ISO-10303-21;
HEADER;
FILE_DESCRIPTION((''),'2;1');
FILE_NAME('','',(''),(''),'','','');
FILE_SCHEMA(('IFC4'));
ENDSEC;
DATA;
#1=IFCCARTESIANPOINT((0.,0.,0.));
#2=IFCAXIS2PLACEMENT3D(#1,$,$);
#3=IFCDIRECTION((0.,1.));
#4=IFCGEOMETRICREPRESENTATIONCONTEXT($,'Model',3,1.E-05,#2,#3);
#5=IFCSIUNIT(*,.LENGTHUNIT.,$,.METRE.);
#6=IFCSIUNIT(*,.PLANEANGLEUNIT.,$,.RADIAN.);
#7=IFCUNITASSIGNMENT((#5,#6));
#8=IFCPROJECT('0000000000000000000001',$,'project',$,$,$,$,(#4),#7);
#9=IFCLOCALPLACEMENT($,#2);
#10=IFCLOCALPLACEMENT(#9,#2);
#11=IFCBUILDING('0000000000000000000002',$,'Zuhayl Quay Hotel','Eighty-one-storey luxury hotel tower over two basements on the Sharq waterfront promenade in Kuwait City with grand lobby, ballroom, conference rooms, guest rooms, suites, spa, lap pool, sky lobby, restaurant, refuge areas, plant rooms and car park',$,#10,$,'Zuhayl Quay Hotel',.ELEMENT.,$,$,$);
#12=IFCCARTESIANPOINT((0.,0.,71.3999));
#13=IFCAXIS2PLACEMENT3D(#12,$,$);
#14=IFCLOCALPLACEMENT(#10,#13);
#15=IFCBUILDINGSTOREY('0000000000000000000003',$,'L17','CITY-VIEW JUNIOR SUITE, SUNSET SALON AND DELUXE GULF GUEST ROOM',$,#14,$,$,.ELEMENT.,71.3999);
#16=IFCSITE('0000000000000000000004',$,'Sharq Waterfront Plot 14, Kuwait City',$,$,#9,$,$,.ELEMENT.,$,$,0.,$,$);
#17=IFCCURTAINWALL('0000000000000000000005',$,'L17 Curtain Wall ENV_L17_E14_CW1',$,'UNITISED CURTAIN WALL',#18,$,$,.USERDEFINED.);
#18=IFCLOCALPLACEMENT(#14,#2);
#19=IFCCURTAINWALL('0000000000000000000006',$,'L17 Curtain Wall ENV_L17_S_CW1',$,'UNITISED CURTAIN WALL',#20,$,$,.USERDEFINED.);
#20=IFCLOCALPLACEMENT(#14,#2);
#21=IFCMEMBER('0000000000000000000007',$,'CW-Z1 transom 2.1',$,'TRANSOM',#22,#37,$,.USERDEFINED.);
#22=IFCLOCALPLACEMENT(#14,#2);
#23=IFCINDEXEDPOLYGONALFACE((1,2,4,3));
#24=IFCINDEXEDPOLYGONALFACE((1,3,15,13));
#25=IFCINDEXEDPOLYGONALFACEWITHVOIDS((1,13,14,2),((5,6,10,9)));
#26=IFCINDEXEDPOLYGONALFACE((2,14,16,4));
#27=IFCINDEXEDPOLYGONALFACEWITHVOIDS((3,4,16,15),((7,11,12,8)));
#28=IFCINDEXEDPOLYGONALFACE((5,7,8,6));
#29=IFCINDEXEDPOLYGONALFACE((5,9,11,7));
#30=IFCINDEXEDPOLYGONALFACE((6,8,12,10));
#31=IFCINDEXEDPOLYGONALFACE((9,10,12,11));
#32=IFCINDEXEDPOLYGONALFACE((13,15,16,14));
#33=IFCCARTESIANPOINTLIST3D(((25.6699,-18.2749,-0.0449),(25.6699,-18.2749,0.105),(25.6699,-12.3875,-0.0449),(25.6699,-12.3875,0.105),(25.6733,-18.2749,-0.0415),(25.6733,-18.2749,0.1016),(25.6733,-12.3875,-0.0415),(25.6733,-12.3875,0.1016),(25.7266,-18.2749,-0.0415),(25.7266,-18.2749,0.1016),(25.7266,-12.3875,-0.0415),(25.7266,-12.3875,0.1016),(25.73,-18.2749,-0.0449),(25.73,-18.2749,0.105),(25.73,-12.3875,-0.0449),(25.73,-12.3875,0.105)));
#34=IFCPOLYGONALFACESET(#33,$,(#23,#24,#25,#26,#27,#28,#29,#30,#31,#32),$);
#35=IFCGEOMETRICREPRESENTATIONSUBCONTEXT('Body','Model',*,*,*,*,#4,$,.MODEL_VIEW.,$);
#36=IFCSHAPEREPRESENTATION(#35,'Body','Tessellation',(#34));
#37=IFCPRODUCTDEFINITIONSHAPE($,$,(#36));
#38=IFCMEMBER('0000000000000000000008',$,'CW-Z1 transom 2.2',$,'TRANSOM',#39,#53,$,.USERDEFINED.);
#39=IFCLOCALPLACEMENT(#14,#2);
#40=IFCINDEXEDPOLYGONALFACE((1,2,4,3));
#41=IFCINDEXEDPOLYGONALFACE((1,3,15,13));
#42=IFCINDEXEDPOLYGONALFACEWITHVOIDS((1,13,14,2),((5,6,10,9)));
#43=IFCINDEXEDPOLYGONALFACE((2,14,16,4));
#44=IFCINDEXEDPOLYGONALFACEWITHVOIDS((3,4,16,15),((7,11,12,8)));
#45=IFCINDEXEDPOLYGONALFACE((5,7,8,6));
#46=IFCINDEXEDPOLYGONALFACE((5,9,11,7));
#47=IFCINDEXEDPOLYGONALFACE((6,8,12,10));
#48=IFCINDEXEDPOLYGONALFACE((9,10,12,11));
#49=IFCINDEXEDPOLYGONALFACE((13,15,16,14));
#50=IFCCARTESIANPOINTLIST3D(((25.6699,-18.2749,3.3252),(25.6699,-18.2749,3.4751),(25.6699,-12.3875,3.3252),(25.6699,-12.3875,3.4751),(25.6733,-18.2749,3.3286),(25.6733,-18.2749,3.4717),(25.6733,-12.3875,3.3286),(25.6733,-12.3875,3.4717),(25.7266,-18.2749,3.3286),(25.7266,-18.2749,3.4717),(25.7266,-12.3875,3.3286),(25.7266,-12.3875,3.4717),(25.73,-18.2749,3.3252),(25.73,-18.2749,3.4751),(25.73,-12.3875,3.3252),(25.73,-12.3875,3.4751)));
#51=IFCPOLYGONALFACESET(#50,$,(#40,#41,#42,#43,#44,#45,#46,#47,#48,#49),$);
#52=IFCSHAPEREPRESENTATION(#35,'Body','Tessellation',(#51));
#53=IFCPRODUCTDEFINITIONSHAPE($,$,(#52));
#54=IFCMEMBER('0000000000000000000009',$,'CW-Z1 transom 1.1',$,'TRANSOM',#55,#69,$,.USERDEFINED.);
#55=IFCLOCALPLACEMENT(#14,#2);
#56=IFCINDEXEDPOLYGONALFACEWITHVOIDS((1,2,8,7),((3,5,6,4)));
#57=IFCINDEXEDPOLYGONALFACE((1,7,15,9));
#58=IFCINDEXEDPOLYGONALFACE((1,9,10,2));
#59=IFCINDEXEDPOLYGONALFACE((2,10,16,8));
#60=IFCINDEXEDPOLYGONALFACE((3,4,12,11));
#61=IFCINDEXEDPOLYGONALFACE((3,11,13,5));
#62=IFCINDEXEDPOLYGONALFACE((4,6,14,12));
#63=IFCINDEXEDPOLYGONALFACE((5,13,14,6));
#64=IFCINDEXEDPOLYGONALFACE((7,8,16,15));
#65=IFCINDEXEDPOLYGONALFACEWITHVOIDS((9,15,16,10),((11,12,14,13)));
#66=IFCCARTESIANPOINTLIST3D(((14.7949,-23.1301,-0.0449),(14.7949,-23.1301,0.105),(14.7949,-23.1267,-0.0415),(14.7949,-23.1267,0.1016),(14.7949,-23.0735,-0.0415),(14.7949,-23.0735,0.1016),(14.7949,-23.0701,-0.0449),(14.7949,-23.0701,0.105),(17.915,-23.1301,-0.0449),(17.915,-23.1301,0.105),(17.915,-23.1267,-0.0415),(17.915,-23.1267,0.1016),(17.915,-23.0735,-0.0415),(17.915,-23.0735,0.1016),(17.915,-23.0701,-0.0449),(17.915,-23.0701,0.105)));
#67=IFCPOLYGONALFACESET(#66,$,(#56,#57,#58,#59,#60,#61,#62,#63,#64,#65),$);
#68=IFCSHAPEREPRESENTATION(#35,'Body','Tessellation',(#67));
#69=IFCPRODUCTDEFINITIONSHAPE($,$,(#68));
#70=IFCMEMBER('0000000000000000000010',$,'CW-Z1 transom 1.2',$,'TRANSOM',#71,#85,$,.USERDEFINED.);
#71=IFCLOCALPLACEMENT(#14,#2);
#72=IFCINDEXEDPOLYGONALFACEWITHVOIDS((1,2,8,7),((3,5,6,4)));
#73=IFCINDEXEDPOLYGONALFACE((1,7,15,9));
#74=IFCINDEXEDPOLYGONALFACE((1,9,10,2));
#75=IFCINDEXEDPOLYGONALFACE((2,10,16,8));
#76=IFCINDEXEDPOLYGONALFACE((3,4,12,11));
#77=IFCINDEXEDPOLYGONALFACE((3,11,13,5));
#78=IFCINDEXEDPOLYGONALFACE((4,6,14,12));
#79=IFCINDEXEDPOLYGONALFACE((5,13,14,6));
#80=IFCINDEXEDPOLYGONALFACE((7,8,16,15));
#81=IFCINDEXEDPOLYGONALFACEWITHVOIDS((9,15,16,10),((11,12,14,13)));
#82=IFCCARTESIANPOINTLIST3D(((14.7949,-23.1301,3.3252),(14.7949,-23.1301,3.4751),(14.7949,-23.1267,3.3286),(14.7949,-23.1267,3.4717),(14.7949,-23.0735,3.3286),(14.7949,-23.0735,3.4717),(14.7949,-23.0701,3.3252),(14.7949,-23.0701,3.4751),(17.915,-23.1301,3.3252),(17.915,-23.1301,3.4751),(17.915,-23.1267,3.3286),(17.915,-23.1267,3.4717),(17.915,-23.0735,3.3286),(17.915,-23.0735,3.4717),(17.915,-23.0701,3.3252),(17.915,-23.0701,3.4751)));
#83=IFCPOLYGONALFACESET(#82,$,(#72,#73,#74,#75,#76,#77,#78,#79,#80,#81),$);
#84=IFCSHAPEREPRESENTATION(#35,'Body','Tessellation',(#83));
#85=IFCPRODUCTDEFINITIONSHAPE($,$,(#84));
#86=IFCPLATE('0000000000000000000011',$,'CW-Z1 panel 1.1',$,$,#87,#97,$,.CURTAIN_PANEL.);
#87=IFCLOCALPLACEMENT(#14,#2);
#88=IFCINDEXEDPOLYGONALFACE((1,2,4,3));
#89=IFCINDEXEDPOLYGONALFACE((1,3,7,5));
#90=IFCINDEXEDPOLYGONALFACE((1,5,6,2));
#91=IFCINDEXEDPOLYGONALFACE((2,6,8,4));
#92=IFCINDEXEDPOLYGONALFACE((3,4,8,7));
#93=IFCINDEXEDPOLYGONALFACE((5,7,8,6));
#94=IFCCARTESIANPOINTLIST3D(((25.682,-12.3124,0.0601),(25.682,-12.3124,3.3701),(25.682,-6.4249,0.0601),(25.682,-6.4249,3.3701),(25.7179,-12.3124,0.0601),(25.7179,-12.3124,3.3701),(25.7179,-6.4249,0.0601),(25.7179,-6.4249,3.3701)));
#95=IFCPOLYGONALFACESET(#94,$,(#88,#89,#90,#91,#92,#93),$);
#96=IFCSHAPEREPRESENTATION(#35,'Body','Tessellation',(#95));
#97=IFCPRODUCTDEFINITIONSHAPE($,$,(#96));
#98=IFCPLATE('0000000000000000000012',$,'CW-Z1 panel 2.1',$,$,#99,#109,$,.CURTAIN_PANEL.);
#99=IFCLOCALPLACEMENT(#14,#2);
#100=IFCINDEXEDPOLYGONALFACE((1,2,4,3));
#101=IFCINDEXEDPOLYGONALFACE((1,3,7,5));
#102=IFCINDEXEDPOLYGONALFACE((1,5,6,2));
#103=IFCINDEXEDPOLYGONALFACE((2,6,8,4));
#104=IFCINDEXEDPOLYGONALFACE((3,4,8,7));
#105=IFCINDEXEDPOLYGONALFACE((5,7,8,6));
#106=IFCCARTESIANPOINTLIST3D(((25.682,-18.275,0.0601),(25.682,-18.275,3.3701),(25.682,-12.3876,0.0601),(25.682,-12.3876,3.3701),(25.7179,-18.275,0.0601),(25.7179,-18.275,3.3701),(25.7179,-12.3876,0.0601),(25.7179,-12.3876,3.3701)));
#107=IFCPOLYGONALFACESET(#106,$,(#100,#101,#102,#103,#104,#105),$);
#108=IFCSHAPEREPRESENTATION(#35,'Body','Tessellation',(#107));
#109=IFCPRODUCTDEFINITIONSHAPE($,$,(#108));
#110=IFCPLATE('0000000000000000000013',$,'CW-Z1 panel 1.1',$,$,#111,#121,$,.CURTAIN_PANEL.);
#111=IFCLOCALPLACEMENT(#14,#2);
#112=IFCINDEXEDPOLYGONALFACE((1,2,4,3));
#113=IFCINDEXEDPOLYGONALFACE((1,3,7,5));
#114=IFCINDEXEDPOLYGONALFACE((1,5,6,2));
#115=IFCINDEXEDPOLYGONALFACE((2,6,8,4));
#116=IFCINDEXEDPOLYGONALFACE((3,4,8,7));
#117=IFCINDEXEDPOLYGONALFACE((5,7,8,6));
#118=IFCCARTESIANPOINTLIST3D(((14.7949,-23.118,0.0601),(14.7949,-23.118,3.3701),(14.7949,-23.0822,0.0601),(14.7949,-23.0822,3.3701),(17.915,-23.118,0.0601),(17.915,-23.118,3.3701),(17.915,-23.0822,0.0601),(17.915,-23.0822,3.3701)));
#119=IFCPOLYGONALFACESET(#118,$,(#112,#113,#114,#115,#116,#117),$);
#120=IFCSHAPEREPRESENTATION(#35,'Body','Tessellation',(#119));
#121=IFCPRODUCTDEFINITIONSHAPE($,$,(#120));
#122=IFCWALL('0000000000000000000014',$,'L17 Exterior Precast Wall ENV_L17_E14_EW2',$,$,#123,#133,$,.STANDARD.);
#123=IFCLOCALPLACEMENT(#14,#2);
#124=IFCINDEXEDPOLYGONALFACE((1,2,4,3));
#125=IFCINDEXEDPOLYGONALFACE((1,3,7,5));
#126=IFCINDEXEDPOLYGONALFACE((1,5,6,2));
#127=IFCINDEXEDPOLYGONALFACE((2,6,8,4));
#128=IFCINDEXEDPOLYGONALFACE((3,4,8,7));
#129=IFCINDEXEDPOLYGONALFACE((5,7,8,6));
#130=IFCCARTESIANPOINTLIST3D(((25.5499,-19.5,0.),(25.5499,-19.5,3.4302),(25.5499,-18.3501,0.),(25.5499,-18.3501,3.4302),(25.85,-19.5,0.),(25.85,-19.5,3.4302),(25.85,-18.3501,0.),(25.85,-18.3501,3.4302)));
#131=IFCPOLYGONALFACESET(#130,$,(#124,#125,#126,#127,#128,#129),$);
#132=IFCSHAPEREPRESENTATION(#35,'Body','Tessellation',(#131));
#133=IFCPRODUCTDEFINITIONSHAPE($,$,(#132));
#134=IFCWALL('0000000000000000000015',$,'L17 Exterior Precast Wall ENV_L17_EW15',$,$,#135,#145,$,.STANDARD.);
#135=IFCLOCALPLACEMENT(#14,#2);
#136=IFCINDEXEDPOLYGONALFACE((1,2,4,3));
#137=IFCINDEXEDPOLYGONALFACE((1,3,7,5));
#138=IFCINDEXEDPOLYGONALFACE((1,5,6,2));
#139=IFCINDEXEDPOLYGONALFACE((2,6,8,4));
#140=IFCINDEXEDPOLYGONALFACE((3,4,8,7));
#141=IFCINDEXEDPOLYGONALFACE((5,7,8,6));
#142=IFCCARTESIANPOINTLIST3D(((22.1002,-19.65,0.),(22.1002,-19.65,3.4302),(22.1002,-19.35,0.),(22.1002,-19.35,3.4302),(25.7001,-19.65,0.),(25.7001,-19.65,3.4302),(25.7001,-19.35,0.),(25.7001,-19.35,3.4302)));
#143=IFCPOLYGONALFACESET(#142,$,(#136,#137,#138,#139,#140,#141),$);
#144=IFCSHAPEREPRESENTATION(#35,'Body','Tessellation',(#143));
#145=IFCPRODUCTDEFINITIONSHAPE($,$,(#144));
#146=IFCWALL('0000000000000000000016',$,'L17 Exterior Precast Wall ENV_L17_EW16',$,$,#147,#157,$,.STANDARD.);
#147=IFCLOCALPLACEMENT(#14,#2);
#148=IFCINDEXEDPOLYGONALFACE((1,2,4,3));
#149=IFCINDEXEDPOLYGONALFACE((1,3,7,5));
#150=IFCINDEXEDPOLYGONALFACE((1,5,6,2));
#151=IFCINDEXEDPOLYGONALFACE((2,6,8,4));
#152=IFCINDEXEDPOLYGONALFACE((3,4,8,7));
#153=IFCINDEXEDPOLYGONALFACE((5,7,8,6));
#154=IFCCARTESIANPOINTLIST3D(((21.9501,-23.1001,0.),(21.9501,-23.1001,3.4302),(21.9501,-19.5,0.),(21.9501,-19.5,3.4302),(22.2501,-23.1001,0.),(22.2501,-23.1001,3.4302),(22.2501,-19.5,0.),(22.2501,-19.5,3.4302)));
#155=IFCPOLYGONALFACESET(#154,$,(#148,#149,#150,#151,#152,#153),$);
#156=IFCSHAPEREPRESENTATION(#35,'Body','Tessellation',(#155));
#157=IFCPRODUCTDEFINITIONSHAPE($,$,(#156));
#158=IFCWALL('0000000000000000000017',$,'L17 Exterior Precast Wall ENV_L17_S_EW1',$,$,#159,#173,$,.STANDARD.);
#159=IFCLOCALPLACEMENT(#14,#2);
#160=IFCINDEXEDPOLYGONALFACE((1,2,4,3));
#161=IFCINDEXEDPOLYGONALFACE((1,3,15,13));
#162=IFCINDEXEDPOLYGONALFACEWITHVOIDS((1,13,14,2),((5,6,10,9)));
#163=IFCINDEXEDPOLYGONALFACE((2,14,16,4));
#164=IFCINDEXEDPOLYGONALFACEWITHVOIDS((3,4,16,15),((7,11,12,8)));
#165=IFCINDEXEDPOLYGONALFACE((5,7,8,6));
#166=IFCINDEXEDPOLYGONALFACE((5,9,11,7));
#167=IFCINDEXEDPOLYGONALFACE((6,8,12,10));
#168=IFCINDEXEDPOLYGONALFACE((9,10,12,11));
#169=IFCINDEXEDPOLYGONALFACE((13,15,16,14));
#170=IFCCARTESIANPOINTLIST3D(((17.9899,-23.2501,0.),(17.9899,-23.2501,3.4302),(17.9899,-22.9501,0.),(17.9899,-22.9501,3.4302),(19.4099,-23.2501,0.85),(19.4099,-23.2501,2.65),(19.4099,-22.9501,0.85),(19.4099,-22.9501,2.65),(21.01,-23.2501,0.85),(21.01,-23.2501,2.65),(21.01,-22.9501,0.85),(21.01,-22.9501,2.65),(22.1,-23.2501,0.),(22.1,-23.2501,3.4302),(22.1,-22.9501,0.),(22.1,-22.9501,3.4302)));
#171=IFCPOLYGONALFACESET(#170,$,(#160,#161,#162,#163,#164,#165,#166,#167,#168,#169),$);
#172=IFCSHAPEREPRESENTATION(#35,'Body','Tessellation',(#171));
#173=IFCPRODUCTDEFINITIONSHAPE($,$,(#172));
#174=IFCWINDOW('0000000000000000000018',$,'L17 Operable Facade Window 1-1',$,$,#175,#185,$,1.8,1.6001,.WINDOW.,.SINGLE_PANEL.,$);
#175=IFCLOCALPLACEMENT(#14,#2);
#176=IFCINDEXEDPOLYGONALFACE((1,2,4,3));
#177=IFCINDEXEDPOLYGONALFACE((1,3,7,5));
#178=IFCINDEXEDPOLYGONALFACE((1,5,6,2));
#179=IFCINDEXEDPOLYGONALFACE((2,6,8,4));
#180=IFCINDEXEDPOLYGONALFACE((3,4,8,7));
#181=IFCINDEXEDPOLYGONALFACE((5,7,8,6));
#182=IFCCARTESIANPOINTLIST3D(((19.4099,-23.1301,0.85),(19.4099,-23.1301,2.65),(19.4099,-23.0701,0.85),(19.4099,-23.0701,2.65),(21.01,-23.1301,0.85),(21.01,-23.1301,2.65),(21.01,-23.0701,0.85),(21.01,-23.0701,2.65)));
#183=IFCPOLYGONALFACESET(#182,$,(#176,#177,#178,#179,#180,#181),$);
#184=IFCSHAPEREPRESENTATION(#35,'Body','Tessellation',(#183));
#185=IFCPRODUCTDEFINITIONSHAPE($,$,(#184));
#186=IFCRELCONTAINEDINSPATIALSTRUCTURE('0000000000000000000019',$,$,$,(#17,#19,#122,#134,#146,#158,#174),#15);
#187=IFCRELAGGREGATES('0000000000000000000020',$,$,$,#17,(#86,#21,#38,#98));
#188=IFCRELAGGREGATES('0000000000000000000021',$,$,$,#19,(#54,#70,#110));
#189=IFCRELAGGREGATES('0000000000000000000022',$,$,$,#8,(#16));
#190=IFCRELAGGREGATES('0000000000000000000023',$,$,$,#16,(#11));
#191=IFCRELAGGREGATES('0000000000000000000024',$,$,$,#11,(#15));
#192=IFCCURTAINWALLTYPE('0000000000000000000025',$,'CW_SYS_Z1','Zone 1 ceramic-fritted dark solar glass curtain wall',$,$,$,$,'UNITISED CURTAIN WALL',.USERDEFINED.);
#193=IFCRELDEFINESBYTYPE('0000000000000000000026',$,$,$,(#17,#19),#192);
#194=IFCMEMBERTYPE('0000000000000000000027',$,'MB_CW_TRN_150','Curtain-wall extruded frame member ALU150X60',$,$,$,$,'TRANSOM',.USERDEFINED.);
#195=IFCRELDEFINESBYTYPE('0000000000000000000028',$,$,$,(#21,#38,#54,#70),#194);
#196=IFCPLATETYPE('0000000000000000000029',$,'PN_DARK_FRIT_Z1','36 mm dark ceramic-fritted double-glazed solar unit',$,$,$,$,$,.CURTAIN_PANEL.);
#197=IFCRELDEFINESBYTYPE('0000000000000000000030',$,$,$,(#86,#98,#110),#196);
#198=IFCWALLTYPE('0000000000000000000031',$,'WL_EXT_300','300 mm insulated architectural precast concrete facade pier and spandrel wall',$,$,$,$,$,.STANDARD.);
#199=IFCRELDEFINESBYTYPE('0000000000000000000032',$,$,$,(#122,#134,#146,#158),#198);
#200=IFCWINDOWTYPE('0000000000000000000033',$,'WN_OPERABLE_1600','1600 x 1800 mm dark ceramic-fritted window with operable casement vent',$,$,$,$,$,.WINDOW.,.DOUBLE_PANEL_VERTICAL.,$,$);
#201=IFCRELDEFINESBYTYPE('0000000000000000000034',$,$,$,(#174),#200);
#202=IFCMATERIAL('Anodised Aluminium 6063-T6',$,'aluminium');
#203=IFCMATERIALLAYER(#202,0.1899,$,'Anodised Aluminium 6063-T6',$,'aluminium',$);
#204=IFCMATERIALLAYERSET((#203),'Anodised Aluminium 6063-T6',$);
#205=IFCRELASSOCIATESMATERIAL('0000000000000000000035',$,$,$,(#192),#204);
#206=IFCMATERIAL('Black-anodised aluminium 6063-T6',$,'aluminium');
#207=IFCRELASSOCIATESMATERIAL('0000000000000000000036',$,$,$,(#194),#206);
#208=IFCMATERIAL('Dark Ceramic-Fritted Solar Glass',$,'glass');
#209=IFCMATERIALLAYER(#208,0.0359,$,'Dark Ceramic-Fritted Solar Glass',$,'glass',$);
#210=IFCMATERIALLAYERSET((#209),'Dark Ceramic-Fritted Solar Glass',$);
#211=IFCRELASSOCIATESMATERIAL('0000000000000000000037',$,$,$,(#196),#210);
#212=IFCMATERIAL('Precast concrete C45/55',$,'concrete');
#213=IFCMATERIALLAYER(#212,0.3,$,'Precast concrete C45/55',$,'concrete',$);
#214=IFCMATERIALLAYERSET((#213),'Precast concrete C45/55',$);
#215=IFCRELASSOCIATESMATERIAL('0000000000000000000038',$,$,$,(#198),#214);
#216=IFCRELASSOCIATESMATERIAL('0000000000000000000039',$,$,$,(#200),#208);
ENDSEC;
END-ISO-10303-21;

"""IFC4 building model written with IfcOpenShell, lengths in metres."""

from ifc_helpers import new_model, si_unit, direction, frame, frame_2d, origin, origin_2d, place, context, subcontext, project, spatial, rectangle, hollow_rectangle, extrude, material, layer, layer_set, material_profile, profile_set, type_object, element, fill, aggregate, save


model = new_model("IFC4")

# Units and contexts
model_context = context("Model", 3, precision=1e-05, world=origin(), true_north=direction((0.0, 1.0)))
body_context = subcontext(model_context, "Body", "Model", "MODEL_VIEW")
ifc_project = project(units=[si_unit("LENGTHUNIT", "METRE"), si_unit("PLANEANGLEUNIT", "RADIAN")], contexts=[model_context])

# Site, building, storey
site_placement = place(None, origin())
site = spatial("IfcSite", under=ifc_project, at=site_placement, Name="Sharq Waterfront Plot 14, Kuwait City", CompositionType="ELEMENT", RefElevation=0.0)
building_placement = place(site_placement, origin())
building = spatial("IfcBuilding", under=site, at=building_placement, Name="Zuhayl Quay Hotel", Description="Eighty-one-storey luxury hotel tower over two basements on the Sharq waterfront promenade in Kuwait City with grand lobby, ballroom, conference rooms, guest rooms, suites, spa, lap pool, sky lobby, restaurant, refuge areas, plant rooms and car park", LongName="Zuhayl Quay Hotel", CompositionType="ELEMENT")
storey_placement = place(building_placement, frame((0.0, 0.0, 71.3999)))
storey = spatial("IfcBuildingStorey", under=building, at=storey_placement, Name="L17", Description="CITY-VIEW JUNIOR SUITE, SUNSET SALON AND DELUXE GULF GUEST ROOM", CompositionType="ELEMENT", Elevation=71.3999)

# Curtain walls
ifc_material_1 = material(Name="Anodised Aluminium 6063-T6", Category="aluminium")
ifc_layer_1 = layer(ifc_material_1, 0.1899, Name="Anodised Aluminium 6063-T6", Category="aluminium")
ifc_layer_set_1 = layer_set([ifc_layer_1], Name="Anodised Aluminium 6063-T6")
curtain_wall_type = type_object("IfcCurtainWallType", Name="CW_SYS_Z1", Description="Zone 1 ceramic-fritted dark solar glass curtain wall", ElementType="UNITISED CURTAIN WALL", PredefinedType="USERDEFINED", material=ifc_layer_set_1)
curtain_wall_1_placement = place(storey_placement, origin())
curtain_wall_1 = element("IfcCurtainWall", 1, at=curtain_wall_1_placement, inside=storey, type_object=curtain_wall_type, Name="L17 Curtain Wall ENV_L17_E14_CW1", ObjectType="UNITISED CURTAIN WALL", PredefinedType="USERDEFINED")
ifc_material_2 = material(Name="Black-anodised aluminium 6063-T6", Category="aluminium")
curtain_wall_2_placement = place(storey_placement, origin())
curtain_wall_2 = element("IfcCurtainWall", 2, at=curtain_wall_2_placement, inside=storey, type_object=curtain_wall_type, Name="L17 Curtain Wall ENV_L17_S_CW1", ObjectType="UNITISED CURTAIN WALL", PredefinedType="USERDEFINED")

# Members
ifc_material_profile_1 = material_profile(ifc_material_2, hollow_rectangle(XDim=0.0601, YDim=0.1499, WallThickness=0.0034, at=origin_2d()), Name="ALU150X60")
ifc_profile_set_1 = profile_set([ifc_material_profile_1], Name="Black-anodised aluminium 6063-T6")
member_type_1 = type_object("IfcMemberType", Name="MB_CW_TRN_150", Description="Curtain-wall extruded frame member ALU150X60", ElementType="TRANSOM", PredefinedType="USERDEFINED", material=ifc_profile_set_1)
member_1_placement = place(storey_placement, frame((25.7, -12.3875, 0.03), z_axis=(0.0, -1.0, 0.0), x_axis=(1.0, 0.0, 0.0)))
member_1 = element("IfcMember", 3, at=member_1_placement, type_object=member_type_1, Name="CW-Z1 transom 2.1", ObjectType="TRANSOM", PredefinedType="USERDEFINED", context=body_context, shape_type="SweptSolid", body=[
    extrude(hollow_rectangle(XDim=0.0601, YDim=0.1499, WallThickness=0.0034, at=origin_2d()), origin(), (0.0, 0.0, 1.0), 5.8875),
])
member_2_placement = place(storey_placement, frame((25.7, -12.3875, 3.4001), z_axis=(0.0, -1.0, 0.0), x_axis=(1.0, 0.0, 0.0)))
member_2 = element("IfcMember", 4, at=member_2_placement, type_object=member_type_1, Name="CW-Z1 transom 2.2", ObjectType="TRANSOM", PredefinedType="USERDEFINED", context=body_context, shape_type="SweptSolid", body=[
    extrude(hollow_rectangle(XDim=0.0601, YDim=0.1499, WallThickness=0.0034, at=origin_2d()), origin(), (0.0, 0.0, 1.0), 5.8875),
])
member_3_placement = place(storey_placement, frame((17.915, -23.1001, 0.03), z_axis=(-1.0, 0.0, 0.0), x_axis=(0.0, -1.0, 0.0)))
member_3 = element("IfcMember", 5, at=member_3_placement, type_object=member_type_1, Name="CW-Z1 transom 1.1", ObjectType="TRANSOM", PredefinedType="USERDEFINED", context=body_context, shape_type="SweptSolid", body=[
    extrude(hollow_rectangle(XDim=0.0601, YDim=0.1499, WallThickness=0.0034, at=origin_2d()), origin(), (0.0, 0.0, 1.0), 3.1201),
])
member_4_placement = place(storey_placement, frame((17.915, -23.1001, 3.4001), z_axis=(-1.0, 0.0, 0.0), x_axis=(0.0, -1.0, 0.0)))
member_4 = element("IfcMember", 6, at=member_4_placement, type_object=member_type_1, Name="CW-Z1 transom 1.2", ObjectType="TRANSOM", PredefinedType="USERDEFINED", context=body_context, shape_type="SweptSolid", body=[
    extrude(hollow_rectangle(XDim=0.0601, YDim=0.1499, WallThickness=0.0034, at=origin_2d()), origin(), (0.0, 0.0, 1.0), 3.1201),
])

# Plates
ifc_material_3 = material(Name="Dark Ceramic-Fritted Solar Glass", Category="glass")
ifc_layer_2 = layer(ifc_material_3, 0.0359, Name="Dark Ceramic-Fritted Solar Glass", Category="glass")
ifc_layer_set_2 = layer_set([ifc_layer_2], Name="Dark Ceramic-Fritted Solar Glass")
plate_type = type_object("IfcPlateType", Name="PN_DARK_FRIT_Z1", Description="36 mm dark ceramic-fritted double-glazed solar unit", PredefinedType="CURTAIN_PANEL", material=ifc_layer_set_2)
plate_1_placement = place(storey_placement, frame((25.7, -9.3687, 0.0601), z_axis=(0.0, 0.0, 1.0), x_axis=(0.0, -1.0, 0.0)))
plate_1 = element("IfcPlate", 7, at=plate_1_placement, type_object=plate_type, Name="CW-Z1 panel 1.1", PredefinedType="CURTAIN_PANEL", context=body_context, shape_type="SweptSolid", body=[
    extrude(rectangle(XDim=5.8875, YDim=0.0359, at=origin_2d()), origin(), (0.0, 0.0, 1.0), 3.3101),
])
plate_2_placement = place(storey_placement, frame((25.7, -15.3313, 0.0601), z_axis=(0.0, 0.0, 1.0), x_axis=(0.0, -1.0, 0.0)))
plate_2 = element("IfcPlate", 8, at=plate_2_placement, type_object=plate_type, Name="CW-Z1 panel 2.1", PredefinedType="CURTAIN_PANEL", context=body_context, shape_type="SweptSolid", body=[
    extrude(rectangle(XDim=5.8875, YDim=0.0359, at=origin_2d()), origin(), (0.0, 0.0, 1.0), 3.3101),
])
aggregate(curtain_wall_1, [plate_1, member_1, member_2, plate_2])
plate_3_placement = place(storey_placement, frame((16.355, -23.1001, 0.0601), z_axis=(0.0, 0.0, 1.0), x_axis=(-1.0, 0.0, 0.0)))
plate_3 = element("IfcPlate", 9, at=plate_3_placement, type_object=plate_type, Name="CW-Z1 panel 1.1", PredefinedType="CURTAIN_PANEL", context=body_context, shape_type="SweptSolid", body=[
    extrude(rectangle(XDim=3.1201, YDim=0.0359, at=origin_2d()), origin(), (0.0, 0.0, 1.0), 3.3101),
])
aggregate(curtain_wall_2, [member_3, member_4, plate_3])

# Walls
ifc_material_4 = material(Name="Precast concrete C45/55", Category="concrete")
ifc_layer_3 = layer(ifc_material_4, 0.3, Name="Precast concrete C45/55", Category="concrete")
ifc_layer_set_3 = layer_set([ifc_layer_3], Name="Precast concrete C45/55")
wall_type_1 = type_object("IfcWallType", Name="WL_EXT_300", Description="300 mm insulated architectural precast concrete facade pier and spandrel wall", PredefinedType="STANDARD", material=ifc_layer_set_3)
wall_1_placement = place(storey_placement, frame((25.7, -18.3501, 0.0), z_axis=(0.0, 0.0, 1.0), x_axis=(0.0, -1.0, 0.0)))
element("IfcWall", 10, at=wall_1_placement, inside=storey, type_object=wall_type_1, Name="L17 Exterior Precast Wall ENV_L17_E14_EW2", PredefinedType="STANDARD", context=body_context, shape_type="SweptSolid", body=[
    extrude(rectangle(XDim=1.1499, YDim=0.3, at=frame_2d((0.575, 0.0))), origin(), (0.0, 0.0, 1.0), 3.4302),
])
wall_2_placement = place(storey_placement, frame((25.7, -19.5, 0.0), z_axis=(0.0, 0.0, 1.0), x_axis=(-1.0, 0.0, 0.0)))
element("IfcWall", 11, at=wall_2_placement, inside=storey, type_object=wall_type_1, Name="L17 Exterior Precast Wall ENV_L17_EW15", PredefinedType="STANDARD", context=body_context, shape_type="SweptSolid", body=[
    extrude(rectangle(XDim=3.5999, YDim=0.3, at=frame_2d((1.7998, 0.0))), origin(), (0.0, 0.0, 1.0), 3.4302),
])
wall_3_placement = place(storey_placement, frame((22.1001, -19.5, 0.0), z_axis=(0.0, 0.0, 1.0), x_axis=(0.0, -1.0, 0.0)))
element("IfcWall", 12, at=wall_3_placement, inside=storey, type_object=wall_type_1, Name="L17 Exterior Precast Wall ENV_L17_EW16", PredefinedType="STANDARD", context=body_context, shape_type="SweptSolid", body=[
    extrude(rectangle(XDim=3.6001, YDim=0.3, at=frame_2d((1.8, 0.0))), origin(), (0.0, 0.0, 1.0), 3.4302),
])

# Wall, opening, window
wall_4_placement = place(storey_placement, frame((22.1001, -23.1001, 0.0), z_axis=(0.0, 0.0, 1.0), x_axis=(-1.0, 0.0, 0.0)))
wall_4 = element("IfcWall", 13, at=wall_4_placement, inside=storey, type_object=wall_type_1, Name="L17 Exterior Precast Wall ENV_L17_S_EW1", PredefinedType="STANDARD", context=body_context, shape_type="SweptSolid", body=[
    extrude(rectangle(XDim=4.1101, YDim=0.3, at=frame_2d((2.0552, 0.0))), origin(), (0.0, 0.0, 1.0), 3.4302),
])
opening_1_placement = place(wall_4_placement, frame((1.0901, 0.0, 0.8501)))
opening_1 = element("IfcOpeningElement", 14, at=opening_1_placement, cuts=wall_4, PredefinedType="OPENING", context=body_context, shape_type="SweptSolid", body=[
    extrude(rectangle(XDim=1.6001, YDim=1.8, at=frame_2d((0.8, 0.8999))), frame((0.0, 0.1599, 0.0), z_axis=(0.0, -1.0, 0.0), x_axis=(1.0, 0.0, 0.0)), (0.0, 0.0, 1.0), 0.3201),
])
window_type_1 = type_object("IfcWindowType", Name="WN_OPERABLE_1600", Description="1600 x 1800 mm dark ceramic-fritted window with operable casement vent", PartitioningType="DOUBLE_PANEL_VERTICAL", PredefinedType="WINDOW", material=ifc_material_3)
window_1_placement = place(opening_1_placement, origin())
window_1 = element("IfcWindow", 15, at=window_1_placement, inside=storey, type_object=window_type_1, Name="L17 Operable Facade Window 1-1", OverallHeight=1.8, OverallWidth=1.6001, PartitioningType="SINGLE_PANEL", PredefinedType="WINDOW", context=body_context, shape_type="SweptSolid", body=[
    extrude(rectangle(XDim=1.6001, YDim=1.8, at=frame_2d((0.8, 0.8999))), frame((0.0, 0.03, 0.0), z_axis=(0.0, -1.0, 0.0), x_axis=(1.0, 0.0, 0.0)), (0.0, 0.0, 1.0), 0.0601),
])
fill(opening_1, window_1)

save(model, "model.ifc")
